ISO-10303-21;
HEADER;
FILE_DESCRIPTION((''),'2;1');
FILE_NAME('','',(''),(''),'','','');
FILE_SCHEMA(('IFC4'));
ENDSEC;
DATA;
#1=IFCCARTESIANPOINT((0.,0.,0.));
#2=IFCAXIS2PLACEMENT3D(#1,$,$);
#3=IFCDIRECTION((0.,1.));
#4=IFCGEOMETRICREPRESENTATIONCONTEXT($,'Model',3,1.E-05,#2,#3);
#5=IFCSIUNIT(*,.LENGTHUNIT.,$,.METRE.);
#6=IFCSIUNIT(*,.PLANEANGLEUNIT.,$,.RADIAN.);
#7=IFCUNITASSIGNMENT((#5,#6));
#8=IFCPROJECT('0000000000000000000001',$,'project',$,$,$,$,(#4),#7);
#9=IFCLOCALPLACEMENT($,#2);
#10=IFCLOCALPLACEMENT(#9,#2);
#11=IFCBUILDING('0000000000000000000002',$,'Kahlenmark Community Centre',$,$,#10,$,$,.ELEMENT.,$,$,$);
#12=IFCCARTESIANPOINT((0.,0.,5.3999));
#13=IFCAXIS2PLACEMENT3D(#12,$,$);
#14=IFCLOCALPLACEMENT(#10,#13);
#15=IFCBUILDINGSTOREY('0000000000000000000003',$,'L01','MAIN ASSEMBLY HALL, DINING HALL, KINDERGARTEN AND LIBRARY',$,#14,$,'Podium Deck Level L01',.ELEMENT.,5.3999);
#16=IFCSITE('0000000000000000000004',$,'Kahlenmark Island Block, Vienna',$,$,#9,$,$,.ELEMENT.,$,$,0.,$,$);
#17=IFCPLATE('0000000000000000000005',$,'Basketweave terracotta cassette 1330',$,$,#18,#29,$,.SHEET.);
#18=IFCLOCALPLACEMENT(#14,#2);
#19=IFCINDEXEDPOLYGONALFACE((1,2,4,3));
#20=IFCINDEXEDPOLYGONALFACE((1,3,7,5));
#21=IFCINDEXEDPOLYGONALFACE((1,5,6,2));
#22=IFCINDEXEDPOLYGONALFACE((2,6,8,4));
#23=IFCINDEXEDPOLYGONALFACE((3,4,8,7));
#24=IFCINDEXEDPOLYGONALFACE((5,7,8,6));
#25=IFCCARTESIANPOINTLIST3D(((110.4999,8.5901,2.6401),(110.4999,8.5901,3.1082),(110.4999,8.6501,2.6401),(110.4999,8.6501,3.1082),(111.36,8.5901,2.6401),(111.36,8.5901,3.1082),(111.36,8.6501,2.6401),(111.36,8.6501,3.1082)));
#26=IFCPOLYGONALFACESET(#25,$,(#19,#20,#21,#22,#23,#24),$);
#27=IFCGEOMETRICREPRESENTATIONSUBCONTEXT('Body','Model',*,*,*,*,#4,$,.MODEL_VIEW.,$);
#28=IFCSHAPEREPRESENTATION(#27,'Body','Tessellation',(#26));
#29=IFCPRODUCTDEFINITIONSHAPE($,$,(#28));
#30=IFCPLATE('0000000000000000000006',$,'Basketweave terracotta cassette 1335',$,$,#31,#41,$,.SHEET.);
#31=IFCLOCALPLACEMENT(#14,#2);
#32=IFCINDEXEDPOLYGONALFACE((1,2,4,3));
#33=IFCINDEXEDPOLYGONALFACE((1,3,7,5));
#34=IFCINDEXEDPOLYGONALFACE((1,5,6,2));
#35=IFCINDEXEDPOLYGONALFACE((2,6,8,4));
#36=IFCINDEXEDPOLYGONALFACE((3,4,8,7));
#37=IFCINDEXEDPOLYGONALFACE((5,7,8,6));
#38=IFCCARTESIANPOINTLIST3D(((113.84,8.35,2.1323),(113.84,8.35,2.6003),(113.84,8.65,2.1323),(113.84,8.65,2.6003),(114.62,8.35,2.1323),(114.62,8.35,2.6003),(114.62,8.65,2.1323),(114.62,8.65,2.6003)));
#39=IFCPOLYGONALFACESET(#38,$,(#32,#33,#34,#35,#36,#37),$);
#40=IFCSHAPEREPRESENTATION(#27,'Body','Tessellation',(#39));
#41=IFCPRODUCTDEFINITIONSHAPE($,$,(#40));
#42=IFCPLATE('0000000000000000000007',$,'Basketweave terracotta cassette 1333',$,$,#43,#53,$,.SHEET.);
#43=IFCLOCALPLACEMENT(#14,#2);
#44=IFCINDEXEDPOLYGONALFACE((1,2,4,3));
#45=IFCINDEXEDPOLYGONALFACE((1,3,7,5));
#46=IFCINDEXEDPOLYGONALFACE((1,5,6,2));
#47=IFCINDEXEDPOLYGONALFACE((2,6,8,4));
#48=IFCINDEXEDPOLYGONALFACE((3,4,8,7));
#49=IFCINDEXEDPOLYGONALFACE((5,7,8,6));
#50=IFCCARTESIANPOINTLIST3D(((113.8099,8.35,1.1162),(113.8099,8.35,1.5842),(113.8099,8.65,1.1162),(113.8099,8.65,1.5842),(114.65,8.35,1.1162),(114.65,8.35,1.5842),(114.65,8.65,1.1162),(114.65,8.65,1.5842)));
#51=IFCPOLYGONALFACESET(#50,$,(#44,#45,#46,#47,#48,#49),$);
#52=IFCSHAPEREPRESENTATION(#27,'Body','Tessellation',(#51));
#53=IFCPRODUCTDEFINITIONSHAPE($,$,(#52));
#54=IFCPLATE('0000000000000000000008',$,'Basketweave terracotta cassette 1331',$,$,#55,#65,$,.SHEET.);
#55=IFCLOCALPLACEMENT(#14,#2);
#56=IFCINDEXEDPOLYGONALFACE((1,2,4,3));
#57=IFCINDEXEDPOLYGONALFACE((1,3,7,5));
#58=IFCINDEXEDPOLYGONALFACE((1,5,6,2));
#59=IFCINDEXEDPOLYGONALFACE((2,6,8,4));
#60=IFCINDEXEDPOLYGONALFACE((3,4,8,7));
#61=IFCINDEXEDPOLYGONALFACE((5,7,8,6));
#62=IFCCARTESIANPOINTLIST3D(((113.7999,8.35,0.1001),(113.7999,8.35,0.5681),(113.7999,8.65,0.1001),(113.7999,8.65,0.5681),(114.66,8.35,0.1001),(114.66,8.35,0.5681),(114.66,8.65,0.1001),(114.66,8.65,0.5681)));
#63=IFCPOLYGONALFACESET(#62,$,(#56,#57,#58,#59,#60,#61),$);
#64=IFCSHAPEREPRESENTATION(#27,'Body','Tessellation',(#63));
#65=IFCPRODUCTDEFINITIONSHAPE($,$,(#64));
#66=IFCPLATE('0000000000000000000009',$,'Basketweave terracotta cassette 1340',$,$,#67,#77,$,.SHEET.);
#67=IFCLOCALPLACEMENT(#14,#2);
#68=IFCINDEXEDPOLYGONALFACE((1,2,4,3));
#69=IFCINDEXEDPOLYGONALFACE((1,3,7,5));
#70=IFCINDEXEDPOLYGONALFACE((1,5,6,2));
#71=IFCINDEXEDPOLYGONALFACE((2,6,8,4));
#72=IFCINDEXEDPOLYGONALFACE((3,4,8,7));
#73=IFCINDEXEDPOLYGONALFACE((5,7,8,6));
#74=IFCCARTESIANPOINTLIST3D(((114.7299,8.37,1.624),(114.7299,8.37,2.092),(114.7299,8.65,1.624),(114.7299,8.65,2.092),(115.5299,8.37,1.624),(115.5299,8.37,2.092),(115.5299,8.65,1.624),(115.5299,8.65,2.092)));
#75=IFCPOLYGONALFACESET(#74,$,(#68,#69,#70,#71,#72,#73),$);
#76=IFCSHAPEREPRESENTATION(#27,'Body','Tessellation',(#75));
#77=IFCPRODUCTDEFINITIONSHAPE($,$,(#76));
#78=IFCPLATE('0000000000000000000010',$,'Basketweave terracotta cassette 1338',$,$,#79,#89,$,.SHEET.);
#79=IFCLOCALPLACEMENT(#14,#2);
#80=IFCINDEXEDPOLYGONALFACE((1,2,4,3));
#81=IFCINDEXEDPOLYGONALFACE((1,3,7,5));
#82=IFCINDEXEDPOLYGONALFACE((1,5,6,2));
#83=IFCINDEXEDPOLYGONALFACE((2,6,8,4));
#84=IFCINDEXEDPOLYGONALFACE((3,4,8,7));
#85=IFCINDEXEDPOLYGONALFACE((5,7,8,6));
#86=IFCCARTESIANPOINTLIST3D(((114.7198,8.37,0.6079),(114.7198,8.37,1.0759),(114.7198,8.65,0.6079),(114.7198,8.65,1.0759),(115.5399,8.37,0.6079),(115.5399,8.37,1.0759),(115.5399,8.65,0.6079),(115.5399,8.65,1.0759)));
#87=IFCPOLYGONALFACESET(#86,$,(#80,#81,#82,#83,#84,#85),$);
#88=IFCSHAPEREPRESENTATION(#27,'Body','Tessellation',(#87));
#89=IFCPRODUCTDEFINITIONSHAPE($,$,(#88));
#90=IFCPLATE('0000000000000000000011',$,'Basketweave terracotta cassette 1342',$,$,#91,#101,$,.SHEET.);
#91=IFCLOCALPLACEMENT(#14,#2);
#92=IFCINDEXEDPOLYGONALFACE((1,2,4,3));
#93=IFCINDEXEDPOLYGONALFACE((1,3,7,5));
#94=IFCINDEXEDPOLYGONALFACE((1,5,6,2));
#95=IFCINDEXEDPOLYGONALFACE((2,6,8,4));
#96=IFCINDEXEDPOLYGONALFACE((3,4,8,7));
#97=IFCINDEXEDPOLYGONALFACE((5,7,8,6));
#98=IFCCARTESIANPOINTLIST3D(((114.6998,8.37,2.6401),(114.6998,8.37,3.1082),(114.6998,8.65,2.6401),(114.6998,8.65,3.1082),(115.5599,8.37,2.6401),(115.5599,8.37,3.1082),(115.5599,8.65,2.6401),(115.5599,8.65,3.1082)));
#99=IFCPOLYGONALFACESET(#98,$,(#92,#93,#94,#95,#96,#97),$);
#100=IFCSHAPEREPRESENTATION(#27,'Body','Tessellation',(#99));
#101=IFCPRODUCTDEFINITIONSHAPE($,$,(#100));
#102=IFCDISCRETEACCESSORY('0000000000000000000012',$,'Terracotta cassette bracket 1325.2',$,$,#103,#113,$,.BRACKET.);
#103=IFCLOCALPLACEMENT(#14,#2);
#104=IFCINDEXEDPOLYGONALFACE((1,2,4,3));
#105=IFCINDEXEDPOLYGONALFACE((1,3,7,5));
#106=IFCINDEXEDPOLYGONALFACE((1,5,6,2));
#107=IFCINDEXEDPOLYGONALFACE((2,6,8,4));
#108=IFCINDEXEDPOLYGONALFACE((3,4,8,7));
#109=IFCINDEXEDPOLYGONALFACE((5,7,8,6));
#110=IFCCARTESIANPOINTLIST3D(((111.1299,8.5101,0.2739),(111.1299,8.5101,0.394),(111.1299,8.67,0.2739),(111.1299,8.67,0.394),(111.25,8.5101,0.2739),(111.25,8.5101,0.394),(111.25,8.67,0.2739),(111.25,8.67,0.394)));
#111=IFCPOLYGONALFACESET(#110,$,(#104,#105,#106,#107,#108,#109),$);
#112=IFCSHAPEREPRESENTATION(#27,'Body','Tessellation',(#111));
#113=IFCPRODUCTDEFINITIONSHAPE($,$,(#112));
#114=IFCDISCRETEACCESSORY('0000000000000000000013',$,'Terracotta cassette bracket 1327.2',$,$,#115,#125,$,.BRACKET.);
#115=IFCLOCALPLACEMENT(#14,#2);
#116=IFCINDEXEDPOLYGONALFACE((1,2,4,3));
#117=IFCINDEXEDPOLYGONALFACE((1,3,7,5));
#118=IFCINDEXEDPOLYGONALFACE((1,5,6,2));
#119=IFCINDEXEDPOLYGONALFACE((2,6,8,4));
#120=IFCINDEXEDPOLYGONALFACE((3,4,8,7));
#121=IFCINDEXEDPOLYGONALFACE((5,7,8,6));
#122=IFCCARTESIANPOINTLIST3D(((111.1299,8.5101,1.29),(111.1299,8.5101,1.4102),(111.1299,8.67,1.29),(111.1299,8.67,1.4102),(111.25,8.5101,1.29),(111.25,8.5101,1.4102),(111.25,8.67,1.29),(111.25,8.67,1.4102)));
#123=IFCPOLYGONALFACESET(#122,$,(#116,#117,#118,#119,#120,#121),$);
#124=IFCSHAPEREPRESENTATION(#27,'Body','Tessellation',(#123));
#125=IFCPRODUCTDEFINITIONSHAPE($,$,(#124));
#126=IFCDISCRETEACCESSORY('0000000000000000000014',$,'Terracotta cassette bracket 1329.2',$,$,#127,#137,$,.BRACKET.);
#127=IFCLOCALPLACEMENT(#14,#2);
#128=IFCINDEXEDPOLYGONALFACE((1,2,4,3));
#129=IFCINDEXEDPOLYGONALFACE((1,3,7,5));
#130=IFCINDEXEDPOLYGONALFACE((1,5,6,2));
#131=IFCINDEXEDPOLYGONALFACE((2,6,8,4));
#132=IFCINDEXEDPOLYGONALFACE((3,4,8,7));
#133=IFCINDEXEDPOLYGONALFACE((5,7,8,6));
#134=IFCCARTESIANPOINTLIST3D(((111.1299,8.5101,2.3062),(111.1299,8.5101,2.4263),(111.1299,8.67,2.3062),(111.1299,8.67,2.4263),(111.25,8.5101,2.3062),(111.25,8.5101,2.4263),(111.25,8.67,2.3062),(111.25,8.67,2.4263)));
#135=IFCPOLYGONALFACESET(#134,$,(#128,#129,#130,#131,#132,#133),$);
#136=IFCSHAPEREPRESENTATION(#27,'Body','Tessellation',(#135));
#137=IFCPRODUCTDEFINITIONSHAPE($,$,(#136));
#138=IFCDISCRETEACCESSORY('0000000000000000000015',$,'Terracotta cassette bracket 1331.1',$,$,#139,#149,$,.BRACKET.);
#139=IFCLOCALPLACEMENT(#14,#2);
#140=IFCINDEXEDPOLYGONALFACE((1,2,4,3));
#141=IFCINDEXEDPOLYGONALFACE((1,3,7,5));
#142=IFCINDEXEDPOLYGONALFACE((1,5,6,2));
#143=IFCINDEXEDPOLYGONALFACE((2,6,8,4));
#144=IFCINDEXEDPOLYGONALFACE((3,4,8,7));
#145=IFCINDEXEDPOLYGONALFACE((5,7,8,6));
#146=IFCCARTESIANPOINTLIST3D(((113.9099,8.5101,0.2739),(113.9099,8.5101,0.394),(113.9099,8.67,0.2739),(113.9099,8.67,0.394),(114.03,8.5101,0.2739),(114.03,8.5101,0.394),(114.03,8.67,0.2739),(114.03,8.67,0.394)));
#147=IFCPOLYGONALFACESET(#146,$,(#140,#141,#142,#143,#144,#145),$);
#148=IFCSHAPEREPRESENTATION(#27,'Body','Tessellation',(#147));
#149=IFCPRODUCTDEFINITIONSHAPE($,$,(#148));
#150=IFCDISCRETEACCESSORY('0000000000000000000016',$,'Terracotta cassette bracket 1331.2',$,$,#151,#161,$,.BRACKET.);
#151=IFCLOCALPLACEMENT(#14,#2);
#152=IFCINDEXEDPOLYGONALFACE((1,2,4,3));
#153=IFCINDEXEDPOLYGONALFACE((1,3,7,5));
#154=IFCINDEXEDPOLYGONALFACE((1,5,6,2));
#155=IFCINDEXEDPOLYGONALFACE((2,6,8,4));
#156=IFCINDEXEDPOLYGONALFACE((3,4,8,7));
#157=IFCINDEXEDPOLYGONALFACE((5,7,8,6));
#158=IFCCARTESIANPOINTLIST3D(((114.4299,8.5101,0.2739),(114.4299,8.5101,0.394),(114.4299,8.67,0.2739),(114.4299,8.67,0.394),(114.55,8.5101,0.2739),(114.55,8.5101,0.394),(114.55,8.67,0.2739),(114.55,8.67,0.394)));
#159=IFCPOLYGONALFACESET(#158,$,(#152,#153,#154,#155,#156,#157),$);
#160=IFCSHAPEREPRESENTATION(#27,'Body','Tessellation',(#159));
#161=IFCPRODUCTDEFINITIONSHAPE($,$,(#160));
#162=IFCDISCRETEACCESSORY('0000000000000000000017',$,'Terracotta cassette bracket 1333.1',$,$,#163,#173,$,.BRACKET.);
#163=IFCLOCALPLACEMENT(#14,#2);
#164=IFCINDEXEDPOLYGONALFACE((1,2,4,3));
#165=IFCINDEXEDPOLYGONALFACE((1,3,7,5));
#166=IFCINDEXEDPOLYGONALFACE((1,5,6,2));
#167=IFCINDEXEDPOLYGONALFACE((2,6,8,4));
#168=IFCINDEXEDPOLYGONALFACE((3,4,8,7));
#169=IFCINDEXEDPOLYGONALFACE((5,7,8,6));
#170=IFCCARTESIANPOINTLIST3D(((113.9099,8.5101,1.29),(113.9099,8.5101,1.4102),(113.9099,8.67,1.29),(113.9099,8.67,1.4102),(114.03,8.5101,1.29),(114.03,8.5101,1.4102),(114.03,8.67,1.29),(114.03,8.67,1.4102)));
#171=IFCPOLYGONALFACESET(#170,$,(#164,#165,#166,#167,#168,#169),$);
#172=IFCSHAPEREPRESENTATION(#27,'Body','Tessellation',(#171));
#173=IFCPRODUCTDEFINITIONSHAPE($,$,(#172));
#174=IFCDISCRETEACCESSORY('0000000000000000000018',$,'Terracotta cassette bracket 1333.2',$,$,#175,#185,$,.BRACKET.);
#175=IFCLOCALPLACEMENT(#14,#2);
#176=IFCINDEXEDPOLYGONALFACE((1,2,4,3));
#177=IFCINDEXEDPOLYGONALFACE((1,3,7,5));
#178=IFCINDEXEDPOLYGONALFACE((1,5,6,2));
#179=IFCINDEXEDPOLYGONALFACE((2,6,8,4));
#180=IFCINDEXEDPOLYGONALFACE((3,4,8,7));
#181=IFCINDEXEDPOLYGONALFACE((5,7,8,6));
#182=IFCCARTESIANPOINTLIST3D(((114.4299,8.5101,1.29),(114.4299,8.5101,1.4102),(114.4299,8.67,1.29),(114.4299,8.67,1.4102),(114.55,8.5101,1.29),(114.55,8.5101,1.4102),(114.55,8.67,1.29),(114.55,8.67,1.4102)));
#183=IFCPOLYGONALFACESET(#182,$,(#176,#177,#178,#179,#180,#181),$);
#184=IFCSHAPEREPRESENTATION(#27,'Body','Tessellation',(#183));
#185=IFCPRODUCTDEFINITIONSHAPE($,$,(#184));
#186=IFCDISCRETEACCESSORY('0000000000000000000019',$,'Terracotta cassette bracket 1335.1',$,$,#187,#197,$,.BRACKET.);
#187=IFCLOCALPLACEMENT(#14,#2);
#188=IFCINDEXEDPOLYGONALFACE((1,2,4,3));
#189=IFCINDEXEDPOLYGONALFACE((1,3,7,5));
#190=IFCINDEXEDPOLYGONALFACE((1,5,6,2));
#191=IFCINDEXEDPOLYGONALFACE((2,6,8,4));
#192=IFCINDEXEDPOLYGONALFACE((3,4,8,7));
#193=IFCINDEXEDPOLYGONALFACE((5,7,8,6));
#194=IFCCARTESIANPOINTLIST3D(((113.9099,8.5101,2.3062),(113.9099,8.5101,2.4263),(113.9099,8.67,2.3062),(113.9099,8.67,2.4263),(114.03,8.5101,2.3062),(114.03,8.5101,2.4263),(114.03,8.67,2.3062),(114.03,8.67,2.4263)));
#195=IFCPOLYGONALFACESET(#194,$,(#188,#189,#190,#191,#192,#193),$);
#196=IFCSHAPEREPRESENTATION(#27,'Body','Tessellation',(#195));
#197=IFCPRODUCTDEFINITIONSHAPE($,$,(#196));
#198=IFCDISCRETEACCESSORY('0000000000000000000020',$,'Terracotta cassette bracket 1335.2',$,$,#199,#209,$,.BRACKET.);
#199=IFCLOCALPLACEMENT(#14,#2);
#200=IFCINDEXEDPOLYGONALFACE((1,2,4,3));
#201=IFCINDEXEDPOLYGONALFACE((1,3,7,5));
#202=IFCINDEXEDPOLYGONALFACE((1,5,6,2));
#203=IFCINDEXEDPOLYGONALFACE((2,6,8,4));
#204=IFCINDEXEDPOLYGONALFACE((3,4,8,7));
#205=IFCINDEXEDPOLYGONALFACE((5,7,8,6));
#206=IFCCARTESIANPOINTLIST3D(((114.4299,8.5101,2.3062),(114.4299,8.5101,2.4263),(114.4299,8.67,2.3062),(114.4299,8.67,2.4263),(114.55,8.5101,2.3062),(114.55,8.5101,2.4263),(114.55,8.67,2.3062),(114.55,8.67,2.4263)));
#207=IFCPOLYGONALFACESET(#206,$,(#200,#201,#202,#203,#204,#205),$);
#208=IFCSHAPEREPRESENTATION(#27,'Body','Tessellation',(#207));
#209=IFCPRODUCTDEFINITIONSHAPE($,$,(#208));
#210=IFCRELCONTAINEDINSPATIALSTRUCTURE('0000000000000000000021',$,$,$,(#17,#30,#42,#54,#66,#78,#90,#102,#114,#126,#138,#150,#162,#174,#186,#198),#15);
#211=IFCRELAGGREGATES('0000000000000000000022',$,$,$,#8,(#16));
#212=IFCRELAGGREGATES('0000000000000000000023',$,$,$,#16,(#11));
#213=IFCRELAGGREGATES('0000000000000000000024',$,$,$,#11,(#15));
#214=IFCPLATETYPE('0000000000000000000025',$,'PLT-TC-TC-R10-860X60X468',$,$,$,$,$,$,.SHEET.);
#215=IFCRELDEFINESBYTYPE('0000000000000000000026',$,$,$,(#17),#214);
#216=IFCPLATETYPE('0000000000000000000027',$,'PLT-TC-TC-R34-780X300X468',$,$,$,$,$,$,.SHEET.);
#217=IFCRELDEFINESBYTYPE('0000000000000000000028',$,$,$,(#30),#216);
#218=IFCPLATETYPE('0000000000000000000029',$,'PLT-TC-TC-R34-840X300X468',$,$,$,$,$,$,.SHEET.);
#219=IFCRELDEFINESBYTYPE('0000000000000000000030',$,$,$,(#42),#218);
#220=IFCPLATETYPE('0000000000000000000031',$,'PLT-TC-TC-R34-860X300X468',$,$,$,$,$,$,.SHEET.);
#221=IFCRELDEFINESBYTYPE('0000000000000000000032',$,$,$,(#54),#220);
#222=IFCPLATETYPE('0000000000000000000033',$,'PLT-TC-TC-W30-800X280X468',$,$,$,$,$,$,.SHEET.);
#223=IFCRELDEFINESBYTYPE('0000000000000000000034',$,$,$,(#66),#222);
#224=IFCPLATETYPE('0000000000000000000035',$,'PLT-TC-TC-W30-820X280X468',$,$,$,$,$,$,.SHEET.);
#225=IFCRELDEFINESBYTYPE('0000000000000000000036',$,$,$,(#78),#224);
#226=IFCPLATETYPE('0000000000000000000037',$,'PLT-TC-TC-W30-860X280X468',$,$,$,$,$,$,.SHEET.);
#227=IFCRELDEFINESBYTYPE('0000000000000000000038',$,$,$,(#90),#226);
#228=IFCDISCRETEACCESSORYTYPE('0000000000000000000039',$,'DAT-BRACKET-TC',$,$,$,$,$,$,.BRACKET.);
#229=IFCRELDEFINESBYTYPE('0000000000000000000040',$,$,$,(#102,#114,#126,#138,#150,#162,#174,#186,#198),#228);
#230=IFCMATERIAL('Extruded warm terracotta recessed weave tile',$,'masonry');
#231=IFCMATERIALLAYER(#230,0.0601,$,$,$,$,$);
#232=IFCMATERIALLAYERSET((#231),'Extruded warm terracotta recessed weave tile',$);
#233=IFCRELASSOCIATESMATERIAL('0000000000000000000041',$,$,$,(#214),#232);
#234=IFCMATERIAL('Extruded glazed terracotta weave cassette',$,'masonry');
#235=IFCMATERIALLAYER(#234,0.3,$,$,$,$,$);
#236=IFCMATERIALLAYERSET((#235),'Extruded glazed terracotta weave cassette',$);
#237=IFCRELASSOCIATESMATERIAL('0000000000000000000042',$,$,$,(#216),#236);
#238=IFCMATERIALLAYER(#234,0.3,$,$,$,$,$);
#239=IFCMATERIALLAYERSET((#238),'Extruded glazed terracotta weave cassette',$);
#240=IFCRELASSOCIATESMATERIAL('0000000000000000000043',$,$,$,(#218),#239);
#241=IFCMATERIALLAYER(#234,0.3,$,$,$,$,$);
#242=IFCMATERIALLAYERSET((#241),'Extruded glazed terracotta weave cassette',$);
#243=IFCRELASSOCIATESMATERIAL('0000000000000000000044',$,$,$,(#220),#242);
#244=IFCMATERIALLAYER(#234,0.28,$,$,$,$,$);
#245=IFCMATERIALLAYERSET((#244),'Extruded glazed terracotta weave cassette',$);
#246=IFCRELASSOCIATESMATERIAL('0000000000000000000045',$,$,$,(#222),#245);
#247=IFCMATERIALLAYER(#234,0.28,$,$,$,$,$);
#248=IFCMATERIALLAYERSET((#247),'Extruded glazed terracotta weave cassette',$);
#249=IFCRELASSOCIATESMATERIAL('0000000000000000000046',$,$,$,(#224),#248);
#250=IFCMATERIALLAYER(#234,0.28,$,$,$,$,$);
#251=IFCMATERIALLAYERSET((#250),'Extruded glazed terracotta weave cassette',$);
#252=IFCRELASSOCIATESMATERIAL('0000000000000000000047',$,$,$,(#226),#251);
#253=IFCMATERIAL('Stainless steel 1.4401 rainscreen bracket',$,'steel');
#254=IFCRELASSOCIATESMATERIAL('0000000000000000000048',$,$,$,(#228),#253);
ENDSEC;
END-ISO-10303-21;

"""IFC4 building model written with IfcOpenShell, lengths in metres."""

from ifc_helpers import new_model, si_unit, direction, frame, origin, origin_2d, place, context, subcontext, project, spatial, rectangle, extrude, material, layer, layer_set, type_object, element, save


model = new_model("IFC4")

# Units and contexts
model_context = context("Model", 3, precision=1e-05, world=origin(), true_north=direction((0.0, 1.0)))
body_context = subcontext(model_context, "Body", "Model", "MODEL_VIEW")
ifc_project = project(units=[si_unit("LENGTHUNIT", "METRE"), si_unit("PLANEANGLEUNIT", "RADIAN")], contexts=[model_context])

# Site, building, storey
site_placement = place(None, origin())
site = spatial("IfcSite", under=ifc_project, at=site_placement, Name="Kahlenmark Island Block, Vienna", CompositionType="ELEMENT", RefElevation=0.0)
building_placement = place(site_placement, origin())
building = spatial("IfcBuilding", under=site, at=building_placement, Name="Kahlenmark Community Centre", CompositionType="ELEMENT")
storey_placement = place(building_placement, frame((0.0, 0.0, 5.3999)))
storey = spatial("IfcBuildingStorey", under=building, at=storey_placement, Name="L01", Description="MAIN ASSEMBLY HALL, DINING HALL, KINDERGARTEN AND LIBRARY", LongName="Podium Deck Level L01", CompositionType="ELEMENT", Elevation=5.3999)

# Plates
ifc_material_1 = material(Name="Extruded warm terracotta recessed weave tile", Category="masonry")
ifc_layer_1 = layer(ifc_material_1, 0.0601)
ifc_layer_set_1 = layer_set([ifc_layer_1], Name="Extruded warm terracotta recessed weave tile")
plate_type_1 = type_object("IfcPlateType", Name="PLT-TC-TC-R10-860X60X468", PredefinedType="SHEET", material=ifc_layer_set_1)
plate_1_placement = place(storey_placement, frame((110.9299, 8.6201, 2.6401), z_axis=(0.0, 0.0, 1.0), x_axis=(1.0, 0.0, 0.0)))
element("IfcPlate", 1, at=plate_1_placement, inside=storey, type_object=plate_type_1, Name="Basketweave terracotta cassette 1330", PredefinedType="SHEET", context=body_context, shape_type="SweptSolid", body=[
    extrude(rectangle(XDim=0.8601, YDim=0.0601, at=origin_2d()), origin(), (0.0, 0.0, 1.0), 0.468),
])
ifc_material_2 = material(Name="Extruded glazed terracotta weave cassette", Category="masonry")
ifc_layer_2 = layer(ifc_material_2, 0.3)
ifc_layer_set_2 = layer_set([ifc_layer_2], Name="Extruded glazed terracotta weave cassette")
plate_type_2 = type_object("IfcPlateType", Name="PLT-TC-TC-R34-780X300X468", PredefinedType="SHEET", material=ifc_layer_set_2)
plate_2_placement = place(storey_placement, frame((114.23, 8.5, 2.1323), z_axis=(0.0, 0.0, 1.0), x_axis=(1.0, 0.0, 0.0)))
element("IfcPlate", 2, at=plate_2_placement, inside=storey, type_object=plate_type_2, Name="Basketweave terracotta cassette 1335", PredefinedType="SHEET", context=body_context, shape_type="SweptSolid", body=[
    extrude(rectangle(XDim=0.78, YDim=0.3, at=origin_2d()), origin(), (0.0, 0.0, 1.0), 0.468),
])
ifc_layer_3 = layer(ifc_material_2, 0.3)
ifc_layer_set_3 = layer_set([ifc_layer_3], Name="Extruded glazed terracotta weave cassette")
plate_type_3 = type_object("IfcPlateType", Name="PLT-TC-TC-R34-840X300X468", PredefinedType="SHEET", material=ifc_layer_set_3)
plate_3_placement = place(storey_placement, frame((114.23, 8.5, 1.1162), z_axis=(0.0, 0.0, 1.0), x_axis=(1.0, 0.0, 0.0)))
element("IfcPlate", 3, at=plate_3_placement, inside=storey, type_object=plate_type_3, Name="Basketweave terracotta cassette 1333", PredefinedType="SHEET", context=body_context, shape_type="SweptSolid", body=[
    extrude(rectangle(XDim=0.8401, YDim=0.3, at=origin_2d()), origin(), (0.0, 0.0, 1.0), 0.468),
])
ifc_layer_4 = layer(ifc_material_2, 0.3)
ifc_layer_set_4 = layer_set([ifc_layer_4], Name="Extruded glazed terracotta weave cassette")
plate_type_4 = type_object("IfcPlateType", Name="PLT-TC-TC-R34-860X300X468", PredefinedType="SHEET", material=ifc_layer_set_4)
plate_4_placement = place(storey_placement, frame((114.23, 8.5, 0.1001), z_axis=(0.0, 0.0, 1.0), x_axis=(1.0, 0.0, 0.0)))
element("IfcPlate", 4, at=plate_4_placement, inside=storey, type_object=plate_type_4, Name="Basketweave terracotta cassette 1331", PredefinedType="SHEET", context=body_context, shape_type="SweptSolid", body=[
    extrude(rectangle(XDim=0.8601, YDim=0.3, at=origin_2d()), origin(), (0.0, 0.0, 1.0), 0.468),
])
ifc_layer_5 = layer(ifc_material_2, 0.28)
ifc_layer_set_5 = layer_set([ifc_layer_5], Name="Extruded glazed terracotta weave cassette")
plate_type_5 = type_object("IfcPlateType", Name="PLT-TC-TC-W30-800X280X468", PredefinedType="SHEET", material=ifc_layer_set_5)
plate_5_placement = place(storey_placement, frame((115.1299, 8.51, 1.624), z_axis=(0.0, 0.0, 1.0), x_axis=(1.0, 0.0, 0.0)))
element("IfcPlate", 5, at=plate_5_placement, inside=storey, type_object=plate_type_5, Name="Basketweave terracotta cassette 1340", PredefinedType="SHEET", context=body_context, shape_type="SweptSolid", body=[
    extrude(rectangle(XDim=0.8, YDim=0.28, at=origin_2d()), origin(), (0.0, 0.0, 1.0), 0.468),
])
ifc_layer_6 = layer(ifc_material_2, 0.28)
ifc_layer_set_6 = layer_set([ifc_layer_6], Name="Extruded glazed terracotta weave cassette")
plate_type_6 = type_object("IfcPlateType", Name="PLT-TC-TC-W30-820X280X468", PredefinedType="SHEET", material=ifc_layer_set_6)
plate_6_placement = place(storey_placement, frame((115.1299, 8.51, 0.6079), z_axis=(0.0, 0.0, 1.0), x_axis=(1.0, 0.0, 0.0)))
element("IfcPlate", 6, at=plate_6_placement, inside=storey, type_object=plate_type_6, Name="Basketweave terracotta cassette 1338", PredefinedType="SHEET", context=body_context, shape_type="SweptSolid", body=[
    extrude(rectangle(XDim=0.8201, YDim=0.28, at=origin_2d()), origin(), (0.0, 0.0, 1.0), 0.468),
])
ifc_layer_7 = layer(ifc_material_2, 0.28)
ifc_layer_set_7 = layer_set([ifc_layer_7], Name="Extruded glazed terracotta weave cassette")
plate_type_7 = type_object("IfcPlateType", Name="PLT-TC-TC-W30-860X280X468", PredefinedType="SHEET", material=ifc_layer_set_7)
plate_7_placement = place(storey_placement, frame((115.1299, 8.51, 2.6401), z_axis=(0.0, 0.0, 1.0), x_axis=(1.0, 0.0, 0.0)))
element("IfcPlate", 7, at=plate_7_placement, inside=storey, type_object=plate_type_7, Name="Basketweave terracotta cassette 1342", PredefinedType="SHEET", context=body_context, shape_type="SweptSolid", body=[
    extrude(rectangle(XDim=0.8601, YDim=0.28, at=origin_2d()), origin(), (0.0, 0.0, 1.0), 0.468),
])

# Discrete accessories
ifc_material_3 = material(Name="Stainless steel 1.4401 rainscreen bracket", Category="steel")
discrete_accessory_type = type_object("IfcDiscreteAccessoryType", Name="DAT-BRACKET-TC", PredefinedType="BRACKET", material=ifc_material_3)
for number, where, z_axis, x_axis, name in (
    (8, (111.1899, 8.5901, 0.2739), (0.0, 0.0, 1.0), (1.0, 0.0, 0.0), "Terracotta cassette bracket 1325.2"),
    (9, (111.1899, 8.5901, 1.29), (0.0, 0.0, 1.0), (1.0, 0.0, 0.0), "Terracotta cassette bracket 1327.2"),
    (10, (111.1899, 8.5901, 2.3062), (0.0, 0.0, 1.0), (1.0, 0.0, 0.0), "Terracotta cassette bracket 1329.2"),
    (11, (113.97, 8.5901, 0.2739), (0.0, 0.0, 1.0), (1.0, 0.0, 0.0), "Terracotta cassette bracket 1331.1"),
    (12, (114.49, 8.5901, 0.2739), (0.0, 0.0, 1.0), (1.0, 0.0, 0.0), "Terracotta cassette bracket 1331.2"),
    (13, (113.97, 8.5901, 1.29), (0.0, 0.0, 1.0), (1.0, 0.0, 0.0), "Terracotta cassette bracket 1333.1"),
    (14, (114.49, 8.5901, 1.29), (0.0, 0.0, 1.0), (1.0, 0.0, 0.0), "Terracotta cassette bracket 1333.2"),
    (15, (113.97, 8.5901, 2.3062), (0.0, 0.0, 1.0), (1.0, 0.0, 0.0), "Terracotta cassette bracket 1335.1"),
    (16, (114.49, 8.5901, 2.3062), (0.0, 0.0, 1.0), (1.0, 0.0, 0.0), "Terracotta cassette bracket 1335.2"),
):
    element("IfcDiscreteAccessory", number, at=place(storey_placement, frame(where, z_axis=z_axis, x_axis=x_axis)), inside=storey, type_object=discrete_accessory_type, Name=name, PredefinedType="BRACKET", context=body_context, shape_type="SweptSolid", body=[
        extrude(rectangle(XDim=0.1201, YDim=0.1599, at=origin_2d()), origin(), (0.0, 0.0, 1.0), 0.1201),
    ])

save(model, "model.ifc")
